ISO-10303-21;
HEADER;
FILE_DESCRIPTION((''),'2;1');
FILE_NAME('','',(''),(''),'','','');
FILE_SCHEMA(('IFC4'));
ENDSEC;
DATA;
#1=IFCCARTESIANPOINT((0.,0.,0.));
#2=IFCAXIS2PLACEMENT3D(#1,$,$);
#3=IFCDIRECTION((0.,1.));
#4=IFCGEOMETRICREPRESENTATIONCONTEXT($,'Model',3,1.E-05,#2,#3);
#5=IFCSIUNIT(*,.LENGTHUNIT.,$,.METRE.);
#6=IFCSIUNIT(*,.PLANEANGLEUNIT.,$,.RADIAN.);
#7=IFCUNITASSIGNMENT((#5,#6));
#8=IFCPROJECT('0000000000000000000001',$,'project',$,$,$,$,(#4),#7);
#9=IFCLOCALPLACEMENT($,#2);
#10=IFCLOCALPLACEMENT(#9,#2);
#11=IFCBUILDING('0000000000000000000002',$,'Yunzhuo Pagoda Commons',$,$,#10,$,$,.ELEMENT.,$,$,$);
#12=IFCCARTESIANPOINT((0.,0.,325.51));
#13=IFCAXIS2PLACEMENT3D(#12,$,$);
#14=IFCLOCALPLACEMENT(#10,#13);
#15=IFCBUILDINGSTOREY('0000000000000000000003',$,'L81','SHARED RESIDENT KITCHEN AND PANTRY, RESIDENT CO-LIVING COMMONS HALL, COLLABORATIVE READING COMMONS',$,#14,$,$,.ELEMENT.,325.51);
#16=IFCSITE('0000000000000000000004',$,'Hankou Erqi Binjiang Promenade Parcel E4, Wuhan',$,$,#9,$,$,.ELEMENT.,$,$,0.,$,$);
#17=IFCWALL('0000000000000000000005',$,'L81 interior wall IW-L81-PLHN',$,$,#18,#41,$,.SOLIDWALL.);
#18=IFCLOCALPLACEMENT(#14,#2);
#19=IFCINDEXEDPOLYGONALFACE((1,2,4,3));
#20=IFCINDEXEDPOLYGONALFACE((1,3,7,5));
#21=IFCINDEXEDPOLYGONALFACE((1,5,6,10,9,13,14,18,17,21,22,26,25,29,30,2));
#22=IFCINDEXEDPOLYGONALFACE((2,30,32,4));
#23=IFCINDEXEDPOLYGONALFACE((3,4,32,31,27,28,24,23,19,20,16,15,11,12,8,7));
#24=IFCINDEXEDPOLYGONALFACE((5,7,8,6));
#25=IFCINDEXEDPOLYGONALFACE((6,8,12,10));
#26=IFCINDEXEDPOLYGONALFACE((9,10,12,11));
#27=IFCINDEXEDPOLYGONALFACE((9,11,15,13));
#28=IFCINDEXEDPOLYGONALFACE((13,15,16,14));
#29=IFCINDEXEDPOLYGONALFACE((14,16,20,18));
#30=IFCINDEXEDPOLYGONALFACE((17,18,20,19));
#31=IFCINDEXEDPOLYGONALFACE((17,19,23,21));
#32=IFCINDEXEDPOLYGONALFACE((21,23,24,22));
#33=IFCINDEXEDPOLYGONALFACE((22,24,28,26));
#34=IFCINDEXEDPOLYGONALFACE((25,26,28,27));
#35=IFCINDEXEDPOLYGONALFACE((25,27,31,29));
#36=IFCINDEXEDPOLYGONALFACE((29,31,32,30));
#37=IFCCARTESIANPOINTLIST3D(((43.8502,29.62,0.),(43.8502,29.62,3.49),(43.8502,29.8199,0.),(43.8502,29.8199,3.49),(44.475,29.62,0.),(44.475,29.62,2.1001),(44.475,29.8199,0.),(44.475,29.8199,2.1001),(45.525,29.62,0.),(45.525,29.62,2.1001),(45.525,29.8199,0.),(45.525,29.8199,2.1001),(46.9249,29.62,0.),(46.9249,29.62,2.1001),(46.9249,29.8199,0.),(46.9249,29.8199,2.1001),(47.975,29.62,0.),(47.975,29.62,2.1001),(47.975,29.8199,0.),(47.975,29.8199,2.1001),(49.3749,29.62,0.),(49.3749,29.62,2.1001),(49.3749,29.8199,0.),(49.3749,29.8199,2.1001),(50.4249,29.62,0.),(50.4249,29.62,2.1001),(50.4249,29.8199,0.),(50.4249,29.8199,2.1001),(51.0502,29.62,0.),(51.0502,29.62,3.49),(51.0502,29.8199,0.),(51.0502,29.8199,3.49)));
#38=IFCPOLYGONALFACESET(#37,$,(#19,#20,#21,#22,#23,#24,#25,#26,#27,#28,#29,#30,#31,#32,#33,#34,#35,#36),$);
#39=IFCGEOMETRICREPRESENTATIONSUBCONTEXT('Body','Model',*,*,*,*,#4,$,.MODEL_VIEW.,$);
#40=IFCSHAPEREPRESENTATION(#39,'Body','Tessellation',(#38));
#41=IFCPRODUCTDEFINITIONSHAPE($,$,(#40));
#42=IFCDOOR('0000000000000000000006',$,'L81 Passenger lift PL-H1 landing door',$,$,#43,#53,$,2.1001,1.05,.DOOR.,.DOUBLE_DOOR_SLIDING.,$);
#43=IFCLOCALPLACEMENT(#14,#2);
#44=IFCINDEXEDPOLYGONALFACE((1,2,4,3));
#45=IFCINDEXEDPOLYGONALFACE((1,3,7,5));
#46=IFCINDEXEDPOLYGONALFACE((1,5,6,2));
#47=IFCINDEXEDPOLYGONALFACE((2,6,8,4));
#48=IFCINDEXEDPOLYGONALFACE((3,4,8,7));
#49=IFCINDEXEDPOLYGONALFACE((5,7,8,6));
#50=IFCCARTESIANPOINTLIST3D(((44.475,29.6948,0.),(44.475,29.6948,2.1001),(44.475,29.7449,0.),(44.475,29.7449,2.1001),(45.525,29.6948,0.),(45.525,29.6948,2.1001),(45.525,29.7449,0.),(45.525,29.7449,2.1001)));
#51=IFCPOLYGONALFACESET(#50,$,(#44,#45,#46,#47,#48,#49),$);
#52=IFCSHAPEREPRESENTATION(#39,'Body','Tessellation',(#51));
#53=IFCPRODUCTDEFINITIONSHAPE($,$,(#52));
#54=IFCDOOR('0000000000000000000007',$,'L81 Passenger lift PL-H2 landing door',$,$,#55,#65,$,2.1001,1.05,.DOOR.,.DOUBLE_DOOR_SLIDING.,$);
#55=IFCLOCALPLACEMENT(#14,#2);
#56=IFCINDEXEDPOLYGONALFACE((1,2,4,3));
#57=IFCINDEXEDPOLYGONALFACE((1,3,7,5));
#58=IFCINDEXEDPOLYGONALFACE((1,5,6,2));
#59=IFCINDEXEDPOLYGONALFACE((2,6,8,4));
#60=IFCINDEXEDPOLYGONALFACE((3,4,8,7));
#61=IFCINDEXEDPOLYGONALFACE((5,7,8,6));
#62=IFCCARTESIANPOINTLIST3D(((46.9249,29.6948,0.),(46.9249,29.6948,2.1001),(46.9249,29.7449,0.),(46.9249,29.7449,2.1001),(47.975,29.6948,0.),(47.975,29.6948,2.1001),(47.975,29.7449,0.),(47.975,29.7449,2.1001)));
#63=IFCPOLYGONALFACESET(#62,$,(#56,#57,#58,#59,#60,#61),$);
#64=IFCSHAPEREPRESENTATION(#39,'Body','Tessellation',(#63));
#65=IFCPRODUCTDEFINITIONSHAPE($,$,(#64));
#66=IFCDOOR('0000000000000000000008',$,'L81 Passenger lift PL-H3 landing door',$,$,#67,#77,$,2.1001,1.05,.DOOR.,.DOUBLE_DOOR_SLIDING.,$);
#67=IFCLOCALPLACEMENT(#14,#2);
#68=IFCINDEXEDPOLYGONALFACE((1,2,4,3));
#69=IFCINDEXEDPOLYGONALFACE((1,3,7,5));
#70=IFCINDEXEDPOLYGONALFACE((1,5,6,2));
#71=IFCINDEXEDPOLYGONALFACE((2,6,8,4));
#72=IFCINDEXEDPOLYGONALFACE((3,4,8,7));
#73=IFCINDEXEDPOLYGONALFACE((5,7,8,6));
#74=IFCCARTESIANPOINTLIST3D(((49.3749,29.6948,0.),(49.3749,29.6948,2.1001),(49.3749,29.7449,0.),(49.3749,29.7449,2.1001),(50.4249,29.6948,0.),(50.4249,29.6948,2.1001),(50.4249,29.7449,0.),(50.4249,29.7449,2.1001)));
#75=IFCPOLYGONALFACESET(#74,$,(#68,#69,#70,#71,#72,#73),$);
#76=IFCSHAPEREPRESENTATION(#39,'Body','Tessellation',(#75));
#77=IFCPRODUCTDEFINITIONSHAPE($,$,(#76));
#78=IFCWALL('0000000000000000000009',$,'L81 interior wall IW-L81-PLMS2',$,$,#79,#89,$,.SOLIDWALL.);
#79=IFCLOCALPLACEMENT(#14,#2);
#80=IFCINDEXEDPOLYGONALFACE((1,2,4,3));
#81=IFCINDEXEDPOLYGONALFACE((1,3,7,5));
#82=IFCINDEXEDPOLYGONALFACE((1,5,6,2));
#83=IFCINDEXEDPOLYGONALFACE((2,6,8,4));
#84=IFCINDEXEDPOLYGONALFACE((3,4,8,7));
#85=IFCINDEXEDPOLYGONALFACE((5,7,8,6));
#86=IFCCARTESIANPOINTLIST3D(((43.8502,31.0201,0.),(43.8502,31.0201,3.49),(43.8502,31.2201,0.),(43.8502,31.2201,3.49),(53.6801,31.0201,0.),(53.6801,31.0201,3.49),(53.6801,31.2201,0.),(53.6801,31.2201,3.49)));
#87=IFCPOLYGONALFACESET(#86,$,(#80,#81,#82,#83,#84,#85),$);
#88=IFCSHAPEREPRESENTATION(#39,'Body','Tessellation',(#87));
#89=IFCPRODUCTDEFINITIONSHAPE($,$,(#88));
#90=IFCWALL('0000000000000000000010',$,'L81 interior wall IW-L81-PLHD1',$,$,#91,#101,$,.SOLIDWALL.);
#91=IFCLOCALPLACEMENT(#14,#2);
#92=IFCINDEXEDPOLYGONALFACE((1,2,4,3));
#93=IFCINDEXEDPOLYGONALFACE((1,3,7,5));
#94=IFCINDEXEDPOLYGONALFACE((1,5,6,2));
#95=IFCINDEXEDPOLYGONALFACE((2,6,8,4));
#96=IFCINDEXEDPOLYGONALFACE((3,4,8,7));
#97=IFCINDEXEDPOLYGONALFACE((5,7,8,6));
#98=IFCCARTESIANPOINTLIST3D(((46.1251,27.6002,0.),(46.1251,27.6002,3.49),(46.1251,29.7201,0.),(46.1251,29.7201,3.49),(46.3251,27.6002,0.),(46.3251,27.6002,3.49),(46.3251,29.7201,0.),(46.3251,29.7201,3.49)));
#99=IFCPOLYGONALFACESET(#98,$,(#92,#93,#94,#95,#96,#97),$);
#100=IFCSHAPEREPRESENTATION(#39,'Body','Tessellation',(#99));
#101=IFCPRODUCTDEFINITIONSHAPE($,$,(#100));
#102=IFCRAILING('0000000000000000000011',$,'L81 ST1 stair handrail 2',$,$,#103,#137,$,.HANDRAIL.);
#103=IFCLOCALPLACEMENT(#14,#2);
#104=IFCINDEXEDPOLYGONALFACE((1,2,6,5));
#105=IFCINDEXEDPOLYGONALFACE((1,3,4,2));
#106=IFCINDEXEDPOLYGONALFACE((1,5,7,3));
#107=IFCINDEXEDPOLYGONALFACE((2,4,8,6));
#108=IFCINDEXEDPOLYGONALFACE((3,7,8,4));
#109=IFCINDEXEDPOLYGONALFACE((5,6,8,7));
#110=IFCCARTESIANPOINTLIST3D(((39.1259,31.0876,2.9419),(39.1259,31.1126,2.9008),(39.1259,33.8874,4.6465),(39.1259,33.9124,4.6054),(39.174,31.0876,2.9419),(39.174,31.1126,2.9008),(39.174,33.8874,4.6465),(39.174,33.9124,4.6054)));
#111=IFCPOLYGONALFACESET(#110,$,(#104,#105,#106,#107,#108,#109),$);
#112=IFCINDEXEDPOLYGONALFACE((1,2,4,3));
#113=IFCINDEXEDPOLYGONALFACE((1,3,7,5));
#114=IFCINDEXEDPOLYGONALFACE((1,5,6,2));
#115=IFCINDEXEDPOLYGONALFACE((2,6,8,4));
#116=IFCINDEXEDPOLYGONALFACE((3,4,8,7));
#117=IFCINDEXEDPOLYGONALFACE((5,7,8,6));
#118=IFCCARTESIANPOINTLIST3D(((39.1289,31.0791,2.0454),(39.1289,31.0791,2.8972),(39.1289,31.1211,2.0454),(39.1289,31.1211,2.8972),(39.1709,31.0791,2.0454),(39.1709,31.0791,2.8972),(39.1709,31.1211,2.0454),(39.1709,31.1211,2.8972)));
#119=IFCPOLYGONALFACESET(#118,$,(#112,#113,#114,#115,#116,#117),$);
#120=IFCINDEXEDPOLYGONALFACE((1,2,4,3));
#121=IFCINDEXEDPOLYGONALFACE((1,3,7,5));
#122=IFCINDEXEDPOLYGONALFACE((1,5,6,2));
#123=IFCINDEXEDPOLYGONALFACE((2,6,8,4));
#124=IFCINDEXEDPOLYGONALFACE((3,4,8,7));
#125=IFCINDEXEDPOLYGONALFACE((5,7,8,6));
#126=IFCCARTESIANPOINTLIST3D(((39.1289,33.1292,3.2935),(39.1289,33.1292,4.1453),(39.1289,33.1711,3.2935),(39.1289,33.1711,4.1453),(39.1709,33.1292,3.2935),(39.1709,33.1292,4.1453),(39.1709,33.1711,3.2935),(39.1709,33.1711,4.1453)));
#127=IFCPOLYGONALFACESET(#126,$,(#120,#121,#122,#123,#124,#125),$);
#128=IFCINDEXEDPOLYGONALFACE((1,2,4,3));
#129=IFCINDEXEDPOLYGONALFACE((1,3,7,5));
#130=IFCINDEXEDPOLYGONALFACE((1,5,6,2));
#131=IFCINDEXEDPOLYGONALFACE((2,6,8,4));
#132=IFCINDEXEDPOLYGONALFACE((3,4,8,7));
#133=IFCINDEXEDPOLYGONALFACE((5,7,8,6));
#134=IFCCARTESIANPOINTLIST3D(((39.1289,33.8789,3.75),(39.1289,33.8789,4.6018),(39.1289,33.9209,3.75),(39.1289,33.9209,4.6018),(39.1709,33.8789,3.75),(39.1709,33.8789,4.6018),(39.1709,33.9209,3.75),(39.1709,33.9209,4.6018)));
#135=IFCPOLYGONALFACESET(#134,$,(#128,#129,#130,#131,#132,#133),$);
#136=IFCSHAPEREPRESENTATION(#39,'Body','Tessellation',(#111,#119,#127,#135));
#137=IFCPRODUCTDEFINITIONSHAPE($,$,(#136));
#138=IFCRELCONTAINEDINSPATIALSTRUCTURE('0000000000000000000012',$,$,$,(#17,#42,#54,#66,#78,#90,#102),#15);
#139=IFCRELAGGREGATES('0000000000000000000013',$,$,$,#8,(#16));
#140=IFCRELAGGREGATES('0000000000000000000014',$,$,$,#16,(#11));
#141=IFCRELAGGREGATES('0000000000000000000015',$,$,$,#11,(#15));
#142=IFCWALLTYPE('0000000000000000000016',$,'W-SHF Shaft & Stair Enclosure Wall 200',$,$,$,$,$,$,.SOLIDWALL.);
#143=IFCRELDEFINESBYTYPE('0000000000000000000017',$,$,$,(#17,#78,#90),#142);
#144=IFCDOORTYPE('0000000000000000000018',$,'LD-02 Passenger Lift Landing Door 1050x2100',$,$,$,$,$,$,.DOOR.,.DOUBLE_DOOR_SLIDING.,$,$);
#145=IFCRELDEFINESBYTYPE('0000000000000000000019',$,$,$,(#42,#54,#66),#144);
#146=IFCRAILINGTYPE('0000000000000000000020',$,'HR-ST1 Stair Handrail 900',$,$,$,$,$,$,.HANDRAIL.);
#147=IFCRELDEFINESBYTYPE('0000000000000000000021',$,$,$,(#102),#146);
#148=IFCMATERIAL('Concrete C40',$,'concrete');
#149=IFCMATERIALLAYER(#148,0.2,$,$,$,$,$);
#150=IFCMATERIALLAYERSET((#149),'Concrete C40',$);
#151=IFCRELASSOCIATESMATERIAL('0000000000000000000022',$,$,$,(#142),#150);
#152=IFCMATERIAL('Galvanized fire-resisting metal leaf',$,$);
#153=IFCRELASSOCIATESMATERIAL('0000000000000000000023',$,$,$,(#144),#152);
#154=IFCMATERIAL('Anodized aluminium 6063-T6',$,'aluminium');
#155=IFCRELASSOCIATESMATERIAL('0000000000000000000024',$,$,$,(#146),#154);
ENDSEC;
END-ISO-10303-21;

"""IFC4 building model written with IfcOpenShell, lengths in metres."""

from ifc_helpers import new_model, si_unit, direction, frame, frame_2d, origin, origin_with_axes, origin_2d, place, context, subcontext, project, spatial, rectangle, extrude, source, transform, mapped, material, layer, layer_set, type_object, element, fill, save


model = new_model("IFC4")

# Units and contexts
model_context = context("Model", 3, precision=1e-05, world=origin(), true_north=direction((0.0, 1.0)))
body_context = subcontext(model_context, "Body", "Model", "MODEL_VIEW")
ifc_project = project(units=[si_unit("LENGTHUNIT", "METRE"), si_unit("PLANEANGLEUNIT", "RADIAN")], contexts=[model_context])

# Site, building, storey
site_placement = place(None, origin())
site = spatial("IfcSite", under=ifc_project, at=site_placement, Name="Hankou Erqi Binjiang Promenade Parcel E4, Wuhan", CompositionType="ELEMENT", RefElevation=0.0)
building_placement = place(site_placement, origin())
building = spatial("IfcBuilding", under=site, at=building_placement, Name="Yunzhuo Pagoda Commons", CompositionType="ELEMENT")
storey_placement = place(building_placement, frame((0.0, 0.0, 325.51)))
storey = spatial("IfcBuildingStorey", under=building, at=storey_placement, Name="L81", Description="SHARED RESIDENT KITCHEN AND PANTRY, RESIDENT CO-LIVING COMMONS HALL, COLLABORATIVE READING COMMONS", CompositionType="ELEMENT", Elevation=325.51)

# Shared definitions
ifc_material_1 = material(Name="Galvanized fire-resisting metal leaf")
ifc_material_2 = material(Name="Concrete C40", Category="concrete")
ifc_layer_1 = layer(ifc_material_2, 0.2)
ifc_layer_set_1 = layer_set([ifc_layer_1], Name="Concrete C40")
wall_type_1 = type_object("IfcWallType", Name="W-SHF Shaft & Stair Enclosure Wall 200", PredefinedType="SOLIDWALL", material=ifc_layer_set_1)
door_type_1 = type_object("IfcDoorType", Name="LD-02 Passenger Lift Landing Door 1050x2100", OperationType="DOUBLE_DOOR_SLIDING", PredefinedType="DOOR", material=ifc_material_1)
shared_shape_1 = source(origin(), body_context, "Body", "SweptSolid", [
    extrude(rectangle(XDim=1.05, YDim=2.1001, at=frame_2d((0.5249, 1.05))), frame((0.0, 0.0249, 0.0), z_axis=(0.0, -1.0, 0.0), x_axis=(1.0, 0.0, 0.0)), (0.0, 0.0, 1.0), 0.05),
])

# Wall, openings, doors
wall_1_placement = place(storey_placement, frame((43.8501, 29.72, 0.0), z_axis=(0.0, 0.0, 1.0), x_axis=(1.0, 0.0, 0.0)))
wall_1 = element("IfcWall", 1, at=wall_1_placement, inside=storey, type_object=wall_type_1, Name="L81 interior wall IW-L81-PLHN", PredefinedType="SOLIDWALL", context=body_context, shape_type="SweptSolid", body=[
    extrude(rectangle(XDim=7.2, YDim=0.2, at=frame_2d((3.6001, 0.0))), origin(), (0.0, 0.0, 1.0), 3.49),
])
opening_1_placement = place(wall_1_placement, frame((0.625, 0.0, 0.0)))
opening_1 = element("IfcOpeningElement", 2, at=opening_1_placement, cuts=wall_1, PredefinedType="OPENING", context=body_context, shape_type="SweptSolid", body=[
    extrude(rectangle(XDim=1.05, YDim=2.1001, at=frame_2d((0.5249, 1.05))), frame((0.0, 0.1099, 0.0), z_axis=(0.0, -1.0, 0.0), x_axis=(1.0, 0.0, 0.0)), (0.0, 0.0, 1.0), 0.22),
])
opening_2_placement = place(wall_1_placement, frame((3.075, 0.0, 0.0)))
opening_2 = element("IfcOpeningElement", 3, at=opening_2_placement, cuts=wall_1, PredefinedType="OPENING", context=body_context, shape_type="SweptSolid", body=[
    extrude(rectangle(XDim=1.05, YDim=2.1001, at=frame_2d((0.5249, 1.05))), frame((0.0, 0.1099, 0.0), z_axis=(0.0, -1.0, 0.0), x_axis=(1.0, 0.0, 0.0)), (0.0, 0.0, 1.0), 0.22),
])
opening_3_placement = place(wall_1_placement, frame((5.5249, 0.0, 0.0)))
opening_3 = element("IfcOpeningElement", 4, at=opening_3_placement, cuts=wall_1, PredefinedType="OPENING", context=body_context, shape_type="SweptSolid", body=[
    extrude(rectangle(XDim=1.05, YDim=2.1001, at=frame_2d((0.5249, 1.05))), frame((0.0, 0.1099, 0.0), z_axis=(0.0, -1.0, 0.0), x_axis=(1.0, 0.0, 0.0)), (0.0, 0.0, 1.0), 0.22),
])
door_1_placement = place(opening_1_placement, origin_with_axes())
door_1 = element("IfcDoor", 5, at=door_1_placement, inside=storey, type_object=door_type_1, Name="L81 Passenger lift PL-H1 landing door", OperationType="DOUBLE_DOOR_SLIDING", OverallHeight=2.1001, OverallWidth=1.05, PredefinedType="DOOR", context=body_context, shape_type="MappedRepresentation", body=[
    mapped(shared_shape_1, transform((0.0, 0.0, 0.0), scale=1.0)),
])
fill(opening_1, door_1)
door_2_placement = place(opening_2_placement, origin_with_axes())
door_2 = element("IfcDoor", 6, at=door_2_placement, inside=storey, type_object=door_type_1, Name="L81 Passenger lift PL-H2 landing door", OperationType="DOUBLE_DOOR_SLIDING", OverallHeight=2.1001, OverallWidth=1.05, PredefinedType="DOOR", context=body_context, shape_type="MappedRepresentation", body=[
    mapped(shared_shape_1, transform((0.0, 0.0, 0.0), scale=1.0)),
])
fill(opening_2, door_2)
door_3_placement = place(opening_3_placement, origin_with_axes())
door_3 = element("IfcDoor", 7, at=door_3_placement, inside=storey, type_object=door_type_1, Name="L81 Passenger lift PL-H3 landing door", OperationType="DOUBLE_DOOR_SLIDING", OverallHeight=2.1001, OverallWidth=1.05, PredefinedType="DOOR", context=body_context, shape_type="MappedRepresentation", body=[
    mapped(shared_shape_1, transform((0.0, 0.0, 0.0), scale=1.0)),
])
fill(opening_3, door_3)

# Walls
wall_2_placement = place(storey_placement, frame((43.8501, 31.1201, 0.0), z_axis=(0.0, 0.0, 1.0), x_axis=(1.0, 0.0, 0.0)))
element("IfcWall", 8, at=wall_2_placement, inside=storey, type_object=wall_type_1, Name="L81 interior wall IW-L81-PLMS2", PredefinedType="SOLIDWALL", context=body_context, shape_type="SweptSolid", body=[
    extrude(rectangle(XDim=9.8298, YDim=0.2, at=frame_2d((4.915, 0.0))), origin(), (0.0, 0.0, 1.0), 3.49),
])
wall_3_placement = place(storey_placement, frame((46.2251, 27.6001, 0.0), z_axis=(0.0, 0.0, 1.0), x_axis=(0.0, 1.0, 0.0)))
element("IfcWall", 9, at=wall_3_placement, inside=storey, type_object=wall_type_1, Name="L81 interior wall IW-L81-PLHD1", PredefinedType="SOLIDWALL", context=body_context, shape_type="SweptSolid", body=[
    extrude(rectangle(XDim=2.1199, YDim=0.2, at=frame_2d((1.0601, 0.0))), origin(), (0.0, 0.0, 1.0), 3.49),
])

# Railing
ifc_material_3 = material(Name="Anodized aluminium 6063-T6", Category="aluminium")
railing_type = type_object("IfcRailingType", Name="HR-ST1 Stair Handrail 900", PredefinedType="HANDRAIL", material=ifc_material_3)
railing_placement = place(storey_placement, frame((39.1499, 31.1001, 2.0454)))
element("IfcRailing", 10, at=railing_placement, inside=storey, type_object=railing_type, Name="L81 ST1 stair handrail 2", PredefinedType="HANDRAIL", context=body_context, shape_type="SweptSolid", body=[
    extrude(rectangle(XDim=0.0481, YDim=0.0481, at=origin_2d()), frame((0.0, 0.0, 0.876), z_axis=(0.0, 0.85415, 0.520027), x_axis=(-1.0, 0.0, 0.0)), (0.0, 0.0, 1.0), 3.2778),
    extrude(rectangle(XDim=0.042, YDim=0.042, at=origin_2d()), origin(), (0.0, 0.0, 1.0), 0.8518),
    extrude(rectangle(XDim=0.042, YDim=0.042, at=origin_2d()), frame((0.0, 2.05, 1.248)), (0.0, 0.0, 1.0), 0.8518),
    extrude(rectangle(XDim=0.042, YDim=0.042, at=origin_2d()), frame((0.0, 2.7998, 1.7046)), (0.0, 0.0, 1.0), 0.8518),
])

save(model, "model.ifc")
